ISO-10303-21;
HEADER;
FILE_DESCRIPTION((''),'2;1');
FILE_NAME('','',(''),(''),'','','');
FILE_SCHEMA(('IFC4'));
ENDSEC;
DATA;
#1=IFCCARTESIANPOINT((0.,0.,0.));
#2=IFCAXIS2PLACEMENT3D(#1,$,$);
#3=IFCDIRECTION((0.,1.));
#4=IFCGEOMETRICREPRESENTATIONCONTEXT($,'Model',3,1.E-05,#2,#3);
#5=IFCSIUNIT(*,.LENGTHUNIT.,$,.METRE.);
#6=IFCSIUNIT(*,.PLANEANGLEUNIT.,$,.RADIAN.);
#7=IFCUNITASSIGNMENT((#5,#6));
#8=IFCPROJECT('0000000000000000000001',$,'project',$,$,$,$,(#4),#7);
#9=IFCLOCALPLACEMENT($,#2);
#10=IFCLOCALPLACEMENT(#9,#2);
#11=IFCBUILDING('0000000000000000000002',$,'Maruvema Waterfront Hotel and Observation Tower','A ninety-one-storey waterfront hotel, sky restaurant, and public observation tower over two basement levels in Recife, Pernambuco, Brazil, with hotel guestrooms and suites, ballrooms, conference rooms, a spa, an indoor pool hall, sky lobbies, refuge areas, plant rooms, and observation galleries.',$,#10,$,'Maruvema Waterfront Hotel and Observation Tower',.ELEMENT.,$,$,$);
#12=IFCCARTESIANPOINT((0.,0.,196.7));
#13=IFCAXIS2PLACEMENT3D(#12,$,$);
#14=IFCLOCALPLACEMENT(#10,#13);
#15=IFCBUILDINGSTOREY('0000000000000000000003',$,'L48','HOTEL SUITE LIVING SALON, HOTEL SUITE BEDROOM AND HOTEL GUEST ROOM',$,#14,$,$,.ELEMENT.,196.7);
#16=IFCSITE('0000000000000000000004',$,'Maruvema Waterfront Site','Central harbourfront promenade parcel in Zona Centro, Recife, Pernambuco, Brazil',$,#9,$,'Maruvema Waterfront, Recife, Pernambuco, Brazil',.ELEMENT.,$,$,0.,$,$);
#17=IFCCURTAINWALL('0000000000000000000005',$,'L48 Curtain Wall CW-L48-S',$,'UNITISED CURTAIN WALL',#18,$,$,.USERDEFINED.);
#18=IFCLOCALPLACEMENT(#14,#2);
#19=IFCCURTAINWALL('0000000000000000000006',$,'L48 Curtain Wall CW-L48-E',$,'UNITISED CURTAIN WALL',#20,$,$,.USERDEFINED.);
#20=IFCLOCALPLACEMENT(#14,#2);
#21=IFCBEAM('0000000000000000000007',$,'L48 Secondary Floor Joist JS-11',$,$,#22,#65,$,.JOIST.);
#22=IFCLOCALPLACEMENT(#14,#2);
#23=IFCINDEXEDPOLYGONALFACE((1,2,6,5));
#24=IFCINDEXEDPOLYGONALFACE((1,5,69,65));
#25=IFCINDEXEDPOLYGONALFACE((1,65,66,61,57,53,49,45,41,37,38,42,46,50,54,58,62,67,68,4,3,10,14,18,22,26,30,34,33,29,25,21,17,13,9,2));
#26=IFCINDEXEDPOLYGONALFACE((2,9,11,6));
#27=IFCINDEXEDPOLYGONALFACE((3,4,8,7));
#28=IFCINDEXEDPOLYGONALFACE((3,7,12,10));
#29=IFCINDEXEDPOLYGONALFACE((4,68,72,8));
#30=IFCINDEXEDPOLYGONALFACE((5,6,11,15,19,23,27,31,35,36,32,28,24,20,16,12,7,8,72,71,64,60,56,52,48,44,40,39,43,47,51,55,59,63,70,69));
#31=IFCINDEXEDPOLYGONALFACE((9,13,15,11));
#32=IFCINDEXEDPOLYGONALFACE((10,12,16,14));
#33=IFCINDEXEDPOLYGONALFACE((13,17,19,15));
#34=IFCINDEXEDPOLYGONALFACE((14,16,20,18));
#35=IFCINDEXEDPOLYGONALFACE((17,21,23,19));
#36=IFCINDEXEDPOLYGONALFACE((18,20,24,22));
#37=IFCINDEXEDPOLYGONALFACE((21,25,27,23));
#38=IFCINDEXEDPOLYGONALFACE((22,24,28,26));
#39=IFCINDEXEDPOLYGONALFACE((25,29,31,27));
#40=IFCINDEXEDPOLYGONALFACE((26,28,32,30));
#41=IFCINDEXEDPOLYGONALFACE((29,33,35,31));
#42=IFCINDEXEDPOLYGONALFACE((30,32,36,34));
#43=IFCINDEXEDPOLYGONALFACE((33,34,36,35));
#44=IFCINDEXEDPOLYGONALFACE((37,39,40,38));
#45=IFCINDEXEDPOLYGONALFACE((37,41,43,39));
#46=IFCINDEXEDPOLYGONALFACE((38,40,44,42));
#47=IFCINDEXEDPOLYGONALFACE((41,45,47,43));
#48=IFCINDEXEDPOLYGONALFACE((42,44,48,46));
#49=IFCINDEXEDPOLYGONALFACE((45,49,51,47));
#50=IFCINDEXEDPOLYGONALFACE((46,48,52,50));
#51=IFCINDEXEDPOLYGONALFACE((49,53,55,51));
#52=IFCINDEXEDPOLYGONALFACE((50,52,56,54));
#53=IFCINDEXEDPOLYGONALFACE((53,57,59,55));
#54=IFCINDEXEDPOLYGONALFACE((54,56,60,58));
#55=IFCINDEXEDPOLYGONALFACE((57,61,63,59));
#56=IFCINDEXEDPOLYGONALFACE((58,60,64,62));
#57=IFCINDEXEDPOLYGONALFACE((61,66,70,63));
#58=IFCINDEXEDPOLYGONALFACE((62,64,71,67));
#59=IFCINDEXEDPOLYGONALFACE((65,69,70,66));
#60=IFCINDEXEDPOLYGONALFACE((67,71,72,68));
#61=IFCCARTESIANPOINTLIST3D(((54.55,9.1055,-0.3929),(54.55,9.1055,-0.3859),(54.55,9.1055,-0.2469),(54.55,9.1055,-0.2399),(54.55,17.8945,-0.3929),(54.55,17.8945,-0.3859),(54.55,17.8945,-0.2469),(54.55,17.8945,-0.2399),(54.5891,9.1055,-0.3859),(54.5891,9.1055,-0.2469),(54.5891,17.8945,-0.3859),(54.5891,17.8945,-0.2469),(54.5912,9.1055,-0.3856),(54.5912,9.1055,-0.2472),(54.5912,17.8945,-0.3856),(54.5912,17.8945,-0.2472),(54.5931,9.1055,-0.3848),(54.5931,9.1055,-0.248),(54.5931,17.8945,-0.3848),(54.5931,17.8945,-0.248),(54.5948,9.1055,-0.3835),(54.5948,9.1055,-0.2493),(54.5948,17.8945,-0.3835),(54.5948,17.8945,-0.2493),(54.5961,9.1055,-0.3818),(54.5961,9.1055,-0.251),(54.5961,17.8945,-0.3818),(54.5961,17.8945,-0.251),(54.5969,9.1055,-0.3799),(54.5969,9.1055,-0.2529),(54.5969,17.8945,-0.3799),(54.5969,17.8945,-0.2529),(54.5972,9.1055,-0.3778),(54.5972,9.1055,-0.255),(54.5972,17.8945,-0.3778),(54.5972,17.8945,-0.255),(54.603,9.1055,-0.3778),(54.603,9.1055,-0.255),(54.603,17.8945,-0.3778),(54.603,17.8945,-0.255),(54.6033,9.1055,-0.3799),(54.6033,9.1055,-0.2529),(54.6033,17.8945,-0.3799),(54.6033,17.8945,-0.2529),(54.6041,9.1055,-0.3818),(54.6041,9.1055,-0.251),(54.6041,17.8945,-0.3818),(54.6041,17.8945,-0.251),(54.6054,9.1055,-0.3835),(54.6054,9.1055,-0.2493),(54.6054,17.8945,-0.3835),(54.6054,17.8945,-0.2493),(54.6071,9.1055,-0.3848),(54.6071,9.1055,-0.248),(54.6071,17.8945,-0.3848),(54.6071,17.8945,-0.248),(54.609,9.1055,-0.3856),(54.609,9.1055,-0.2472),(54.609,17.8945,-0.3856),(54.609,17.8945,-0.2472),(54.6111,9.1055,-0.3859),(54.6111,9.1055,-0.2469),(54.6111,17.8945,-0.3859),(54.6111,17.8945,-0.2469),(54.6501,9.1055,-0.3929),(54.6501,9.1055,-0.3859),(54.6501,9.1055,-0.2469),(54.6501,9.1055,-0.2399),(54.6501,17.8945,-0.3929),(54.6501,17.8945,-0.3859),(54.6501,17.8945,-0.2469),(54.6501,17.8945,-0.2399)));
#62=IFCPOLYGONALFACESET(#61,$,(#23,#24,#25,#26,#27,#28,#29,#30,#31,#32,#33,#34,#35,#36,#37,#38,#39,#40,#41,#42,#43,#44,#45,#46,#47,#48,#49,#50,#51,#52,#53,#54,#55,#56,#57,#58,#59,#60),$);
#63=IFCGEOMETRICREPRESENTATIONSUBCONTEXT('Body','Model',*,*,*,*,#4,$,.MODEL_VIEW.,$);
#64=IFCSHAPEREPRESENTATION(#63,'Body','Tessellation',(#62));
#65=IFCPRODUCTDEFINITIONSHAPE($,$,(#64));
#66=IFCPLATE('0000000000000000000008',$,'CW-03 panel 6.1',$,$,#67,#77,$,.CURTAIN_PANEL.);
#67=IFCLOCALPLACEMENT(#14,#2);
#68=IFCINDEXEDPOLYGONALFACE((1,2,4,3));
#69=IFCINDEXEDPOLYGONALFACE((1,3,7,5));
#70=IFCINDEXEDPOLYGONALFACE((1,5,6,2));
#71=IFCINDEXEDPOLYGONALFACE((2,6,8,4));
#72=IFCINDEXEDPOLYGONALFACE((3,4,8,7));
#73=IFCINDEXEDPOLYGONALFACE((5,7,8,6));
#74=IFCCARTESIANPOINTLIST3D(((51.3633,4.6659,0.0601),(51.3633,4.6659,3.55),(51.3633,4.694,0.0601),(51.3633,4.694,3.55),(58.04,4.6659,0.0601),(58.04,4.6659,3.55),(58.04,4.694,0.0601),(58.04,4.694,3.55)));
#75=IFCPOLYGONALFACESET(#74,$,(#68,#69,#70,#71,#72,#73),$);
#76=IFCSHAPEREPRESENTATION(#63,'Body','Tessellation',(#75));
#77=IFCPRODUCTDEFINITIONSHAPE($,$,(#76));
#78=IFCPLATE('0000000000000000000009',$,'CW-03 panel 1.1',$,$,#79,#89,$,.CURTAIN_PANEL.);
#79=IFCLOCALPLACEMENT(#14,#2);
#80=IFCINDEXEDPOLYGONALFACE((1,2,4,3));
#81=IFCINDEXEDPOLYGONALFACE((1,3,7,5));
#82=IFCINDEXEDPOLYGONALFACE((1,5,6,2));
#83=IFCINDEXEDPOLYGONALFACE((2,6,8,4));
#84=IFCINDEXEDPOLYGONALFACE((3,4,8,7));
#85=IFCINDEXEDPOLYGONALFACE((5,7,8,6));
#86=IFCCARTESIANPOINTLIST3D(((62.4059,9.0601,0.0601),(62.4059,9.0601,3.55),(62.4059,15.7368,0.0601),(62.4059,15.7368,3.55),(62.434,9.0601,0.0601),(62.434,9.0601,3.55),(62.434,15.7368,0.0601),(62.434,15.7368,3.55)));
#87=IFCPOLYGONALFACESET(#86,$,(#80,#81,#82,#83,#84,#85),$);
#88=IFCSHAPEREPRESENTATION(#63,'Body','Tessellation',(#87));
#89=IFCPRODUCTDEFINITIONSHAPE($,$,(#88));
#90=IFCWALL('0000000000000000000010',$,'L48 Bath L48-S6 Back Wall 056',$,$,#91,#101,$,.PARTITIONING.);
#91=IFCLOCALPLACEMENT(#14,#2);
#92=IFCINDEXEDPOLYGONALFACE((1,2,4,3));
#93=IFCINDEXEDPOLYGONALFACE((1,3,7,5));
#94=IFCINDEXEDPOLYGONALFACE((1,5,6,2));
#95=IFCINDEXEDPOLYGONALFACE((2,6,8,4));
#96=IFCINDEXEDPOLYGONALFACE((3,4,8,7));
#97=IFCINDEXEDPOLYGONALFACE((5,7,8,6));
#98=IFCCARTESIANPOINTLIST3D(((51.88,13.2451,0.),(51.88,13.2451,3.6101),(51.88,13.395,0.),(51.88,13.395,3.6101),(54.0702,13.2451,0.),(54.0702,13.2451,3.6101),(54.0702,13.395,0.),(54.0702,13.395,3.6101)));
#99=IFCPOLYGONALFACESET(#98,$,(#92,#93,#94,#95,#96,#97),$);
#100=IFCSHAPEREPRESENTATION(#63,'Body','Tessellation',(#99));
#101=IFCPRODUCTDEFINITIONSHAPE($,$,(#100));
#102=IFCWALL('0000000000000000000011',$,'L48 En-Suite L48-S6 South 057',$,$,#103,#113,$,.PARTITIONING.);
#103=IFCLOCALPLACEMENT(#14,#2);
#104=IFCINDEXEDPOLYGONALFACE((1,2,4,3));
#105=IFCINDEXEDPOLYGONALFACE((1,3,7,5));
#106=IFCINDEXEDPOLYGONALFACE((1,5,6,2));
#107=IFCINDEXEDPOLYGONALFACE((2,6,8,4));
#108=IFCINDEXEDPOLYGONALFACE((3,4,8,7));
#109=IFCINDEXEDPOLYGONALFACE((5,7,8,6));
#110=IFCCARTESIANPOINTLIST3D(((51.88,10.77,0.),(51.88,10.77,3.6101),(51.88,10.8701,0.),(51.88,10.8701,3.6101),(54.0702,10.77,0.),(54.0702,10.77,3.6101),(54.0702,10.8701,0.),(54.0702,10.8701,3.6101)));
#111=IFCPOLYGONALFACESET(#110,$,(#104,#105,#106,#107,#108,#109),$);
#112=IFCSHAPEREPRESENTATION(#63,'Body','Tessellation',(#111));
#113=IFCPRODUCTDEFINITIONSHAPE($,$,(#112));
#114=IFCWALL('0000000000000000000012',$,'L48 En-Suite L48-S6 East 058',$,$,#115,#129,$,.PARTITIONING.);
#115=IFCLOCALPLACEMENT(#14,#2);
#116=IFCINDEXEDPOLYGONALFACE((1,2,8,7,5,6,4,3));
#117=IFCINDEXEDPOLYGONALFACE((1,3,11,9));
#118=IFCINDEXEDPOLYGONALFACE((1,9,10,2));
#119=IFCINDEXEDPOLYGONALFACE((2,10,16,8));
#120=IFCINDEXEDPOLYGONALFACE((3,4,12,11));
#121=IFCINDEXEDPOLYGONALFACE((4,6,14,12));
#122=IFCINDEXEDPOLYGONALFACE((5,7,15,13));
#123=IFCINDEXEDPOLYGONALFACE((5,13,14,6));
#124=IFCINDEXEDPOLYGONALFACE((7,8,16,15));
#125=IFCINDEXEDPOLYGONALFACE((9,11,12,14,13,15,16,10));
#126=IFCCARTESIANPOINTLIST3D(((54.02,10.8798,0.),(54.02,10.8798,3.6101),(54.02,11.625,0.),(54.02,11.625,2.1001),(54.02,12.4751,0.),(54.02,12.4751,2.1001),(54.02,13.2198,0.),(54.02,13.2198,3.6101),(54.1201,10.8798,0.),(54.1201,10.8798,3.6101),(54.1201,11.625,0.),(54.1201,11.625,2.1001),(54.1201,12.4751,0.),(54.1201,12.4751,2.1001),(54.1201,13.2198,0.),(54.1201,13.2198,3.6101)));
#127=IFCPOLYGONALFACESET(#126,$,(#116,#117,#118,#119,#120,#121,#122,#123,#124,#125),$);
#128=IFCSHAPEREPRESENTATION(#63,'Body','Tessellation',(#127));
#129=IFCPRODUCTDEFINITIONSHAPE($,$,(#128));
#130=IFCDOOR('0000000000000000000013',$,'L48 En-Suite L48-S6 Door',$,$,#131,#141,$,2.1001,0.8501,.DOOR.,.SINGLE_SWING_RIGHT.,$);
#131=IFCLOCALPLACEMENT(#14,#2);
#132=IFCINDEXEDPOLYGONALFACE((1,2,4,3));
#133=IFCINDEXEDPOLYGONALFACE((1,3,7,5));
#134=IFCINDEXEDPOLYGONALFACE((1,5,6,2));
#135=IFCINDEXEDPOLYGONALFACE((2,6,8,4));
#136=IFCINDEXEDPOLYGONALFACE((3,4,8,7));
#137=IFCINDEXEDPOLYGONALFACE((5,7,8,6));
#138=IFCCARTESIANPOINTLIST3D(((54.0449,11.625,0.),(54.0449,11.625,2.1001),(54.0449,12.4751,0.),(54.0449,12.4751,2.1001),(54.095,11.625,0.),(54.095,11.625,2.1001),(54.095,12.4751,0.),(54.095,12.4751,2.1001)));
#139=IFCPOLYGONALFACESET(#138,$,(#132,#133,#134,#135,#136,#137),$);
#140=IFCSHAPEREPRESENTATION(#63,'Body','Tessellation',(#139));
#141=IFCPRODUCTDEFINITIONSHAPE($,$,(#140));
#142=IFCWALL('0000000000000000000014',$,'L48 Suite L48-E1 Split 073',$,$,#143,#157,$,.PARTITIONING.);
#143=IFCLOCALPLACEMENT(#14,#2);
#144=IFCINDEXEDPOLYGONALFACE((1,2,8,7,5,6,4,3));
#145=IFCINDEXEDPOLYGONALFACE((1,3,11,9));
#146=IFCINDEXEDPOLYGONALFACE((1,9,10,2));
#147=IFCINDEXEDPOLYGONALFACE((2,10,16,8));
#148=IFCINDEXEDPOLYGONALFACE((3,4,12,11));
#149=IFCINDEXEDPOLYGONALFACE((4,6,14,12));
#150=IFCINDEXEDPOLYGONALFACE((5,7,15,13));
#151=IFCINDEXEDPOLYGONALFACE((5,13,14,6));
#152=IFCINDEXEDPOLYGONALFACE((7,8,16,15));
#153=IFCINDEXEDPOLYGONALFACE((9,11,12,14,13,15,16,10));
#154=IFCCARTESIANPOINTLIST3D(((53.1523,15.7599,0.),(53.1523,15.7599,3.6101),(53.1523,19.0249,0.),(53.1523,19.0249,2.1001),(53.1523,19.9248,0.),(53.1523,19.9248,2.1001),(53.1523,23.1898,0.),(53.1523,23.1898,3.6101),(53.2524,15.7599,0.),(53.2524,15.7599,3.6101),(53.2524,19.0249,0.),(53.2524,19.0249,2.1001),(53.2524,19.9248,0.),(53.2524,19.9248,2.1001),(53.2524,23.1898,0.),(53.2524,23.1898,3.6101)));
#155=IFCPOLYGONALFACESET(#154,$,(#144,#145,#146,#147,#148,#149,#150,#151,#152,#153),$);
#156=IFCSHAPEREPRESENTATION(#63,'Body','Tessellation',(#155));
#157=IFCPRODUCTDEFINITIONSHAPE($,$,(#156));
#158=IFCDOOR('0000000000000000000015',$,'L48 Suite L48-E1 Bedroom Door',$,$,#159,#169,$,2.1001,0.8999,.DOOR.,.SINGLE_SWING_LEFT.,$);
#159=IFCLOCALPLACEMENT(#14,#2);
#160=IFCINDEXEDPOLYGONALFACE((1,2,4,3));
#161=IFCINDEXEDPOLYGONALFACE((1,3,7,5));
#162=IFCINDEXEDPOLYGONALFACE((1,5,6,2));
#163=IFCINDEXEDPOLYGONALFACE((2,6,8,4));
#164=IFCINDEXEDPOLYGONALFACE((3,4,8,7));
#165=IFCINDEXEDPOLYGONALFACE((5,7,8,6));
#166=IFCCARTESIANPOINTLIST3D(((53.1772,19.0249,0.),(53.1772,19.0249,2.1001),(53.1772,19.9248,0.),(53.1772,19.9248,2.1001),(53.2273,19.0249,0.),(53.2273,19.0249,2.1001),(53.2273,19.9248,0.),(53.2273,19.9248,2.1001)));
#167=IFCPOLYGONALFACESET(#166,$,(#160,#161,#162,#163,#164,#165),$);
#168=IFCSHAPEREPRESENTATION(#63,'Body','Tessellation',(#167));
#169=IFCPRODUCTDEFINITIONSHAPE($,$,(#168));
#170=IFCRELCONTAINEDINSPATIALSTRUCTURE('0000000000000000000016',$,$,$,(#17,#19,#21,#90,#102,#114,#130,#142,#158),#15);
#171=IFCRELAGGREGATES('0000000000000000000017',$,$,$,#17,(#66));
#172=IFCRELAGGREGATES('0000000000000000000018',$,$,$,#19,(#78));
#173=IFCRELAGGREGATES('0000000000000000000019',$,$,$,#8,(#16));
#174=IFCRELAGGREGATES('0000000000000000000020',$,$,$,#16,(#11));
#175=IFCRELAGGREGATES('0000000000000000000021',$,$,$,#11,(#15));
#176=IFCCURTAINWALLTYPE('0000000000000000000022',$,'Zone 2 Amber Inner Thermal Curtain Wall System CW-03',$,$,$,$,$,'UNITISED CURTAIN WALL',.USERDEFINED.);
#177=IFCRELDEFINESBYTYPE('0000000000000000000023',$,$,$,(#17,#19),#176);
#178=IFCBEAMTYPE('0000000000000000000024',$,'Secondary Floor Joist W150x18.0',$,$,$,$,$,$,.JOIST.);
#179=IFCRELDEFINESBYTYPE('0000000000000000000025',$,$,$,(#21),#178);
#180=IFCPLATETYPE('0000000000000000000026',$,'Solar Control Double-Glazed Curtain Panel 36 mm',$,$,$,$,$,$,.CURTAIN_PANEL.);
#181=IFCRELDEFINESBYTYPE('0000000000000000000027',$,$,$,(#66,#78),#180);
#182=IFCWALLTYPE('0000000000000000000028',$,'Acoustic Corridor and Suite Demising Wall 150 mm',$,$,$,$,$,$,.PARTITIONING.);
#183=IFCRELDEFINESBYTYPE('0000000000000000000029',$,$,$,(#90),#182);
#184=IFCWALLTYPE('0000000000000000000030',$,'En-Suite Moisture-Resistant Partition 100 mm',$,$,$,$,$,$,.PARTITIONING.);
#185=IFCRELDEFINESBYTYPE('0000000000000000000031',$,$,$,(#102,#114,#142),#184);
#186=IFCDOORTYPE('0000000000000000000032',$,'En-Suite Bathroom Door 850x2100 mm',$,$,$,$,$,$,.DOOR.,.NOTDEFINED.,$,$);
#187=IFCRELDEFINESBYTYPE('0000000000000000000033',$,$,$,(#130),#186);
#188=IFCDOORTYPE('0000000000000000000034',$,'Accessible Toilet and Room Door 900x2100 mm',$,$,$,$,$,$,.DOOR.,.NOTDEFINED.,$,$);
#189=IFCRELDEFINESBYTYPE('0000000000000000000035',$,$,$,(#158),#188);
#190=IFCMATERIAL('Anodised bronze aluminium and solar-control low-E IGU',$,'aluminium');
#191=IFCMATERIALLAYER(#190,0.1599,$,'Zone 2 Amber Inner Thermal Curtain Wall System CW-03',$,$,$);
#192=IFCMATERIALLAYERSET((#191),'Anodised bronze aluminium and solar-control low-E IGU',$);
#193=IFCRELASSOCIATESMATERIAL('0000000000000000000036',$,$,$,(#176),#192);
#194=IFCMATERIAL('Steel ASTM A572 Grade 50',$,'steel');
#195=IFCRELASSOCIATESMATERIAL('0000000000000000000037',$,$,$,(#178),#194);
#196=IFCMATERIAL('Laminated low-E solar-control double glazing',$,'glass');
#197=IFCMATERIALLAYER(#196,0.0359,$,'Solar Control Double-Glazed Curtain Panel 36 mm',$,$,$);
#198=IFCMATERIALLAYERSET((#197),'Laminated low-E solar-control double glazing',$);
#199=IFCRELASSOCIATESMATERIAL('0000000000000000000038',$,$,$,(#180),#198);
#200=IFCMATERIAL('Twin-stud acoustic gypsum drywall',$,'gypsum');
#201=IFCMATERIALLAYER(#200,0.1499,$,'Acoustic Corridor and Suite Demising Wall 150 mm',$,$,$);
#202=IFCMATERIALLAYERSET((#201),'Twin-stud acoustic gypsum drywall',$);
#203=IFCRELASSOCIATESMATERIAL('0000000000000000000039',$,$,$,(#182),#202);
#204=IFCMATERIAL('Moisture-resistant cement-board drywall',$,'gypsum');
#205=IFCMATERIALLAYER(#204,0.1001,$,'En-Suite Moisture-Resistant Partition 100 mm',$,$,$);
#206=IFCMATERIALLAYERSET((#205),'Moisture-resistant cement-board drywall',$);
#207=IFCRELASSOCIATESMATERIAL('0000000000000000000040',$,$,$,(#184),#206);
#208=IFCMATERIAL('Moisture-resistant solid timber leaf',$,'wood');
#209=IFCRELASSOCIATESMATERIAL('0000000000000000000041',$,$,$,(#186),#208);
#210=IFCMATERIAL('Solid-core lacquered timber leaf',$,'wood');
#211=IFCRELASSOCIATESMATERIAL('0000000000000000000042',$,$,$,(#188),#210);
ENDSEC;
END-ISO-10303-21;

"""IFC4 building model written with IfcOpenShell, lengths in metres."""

from ifc_helpers import new_model, si_unit, direction, frame, frame_2d, origin, origin_2d, place, context, subcontext, project, spatial, rectangle, i_section, extrude, material, layer, layer_set, material_profile, profile_set, type_object, element, fill, aggregate, save


model = new_model("IFC4")

# Units and contexts
model_context = context("Model", 3, precision=1e-05, world=origin(), true_north=direction((0.0, 1.0)))
body_context = subcontext(model_context, "Body", "Model", "MODEL_VIEW")
ifc_project = project(units=[si_unit("LENGTHUNIT", "METRE"), si_unit("PLANEANGLEUNIT", "RADIAN")], contexts=[model_context])

# Site, building, storey
site_placement = place(None, origin())
site = spatial("IfcSite", under=ifc_project, at=site_placement, Name="Maruvema Waterfront Site", Description="Central harbourfront promenade parcel in Zona Centro, Recife, Pernambuco, Brazil", LongName="Maruvema Waterfront, Recife, Pernambuco, Brazil", CompositionType="ELEMENT", RefElevation=0.0)
building_placement = place(site_placement, origin())
building = spatial("IfcBuilding", under=site, at=building_placement, Name="Maruvema Waterfront Hotel and Observation Tower", Description="A ninety-one-storey waterfront hotel, sky restaurant, and public observation tower over two basement levels in Recife, Pernambuco, Brazil, with hotel guestrooms and suites, ballrooms, conference rooms, a spa, an indoor pool hall, sky lobbies, refuge areas, plant rooms, and observation galleries.", LongName="Maruvema Waterfront Hotel and Observation Tower", CompositionType="ELEMENT")
storey_placement = place(building_placement, frame((0.0, 0.0, 196.7)))
storey = spatial("IfcBuildingStorey", under=building, at=storey_placement, Name="L48", Description="HOTEL SUITE LIVING SALON, HOTEL SUITE BEDROOM AND HOTEL GUEST ROOM", CompositionType="ELEMENT", Elevation=196.7)

# Curtain walls
ifc_material_1 = material(Name="Anodised bronze aluminium and solar-control low-E IGU", Category="aluminium")
ifc_layer_1 = layer(ifc_material_1, 0.1599, Name="Zone 2 Amber Inner Thermal Curtain Wall System CW-03")
ifc_layer_set_1 = layer_set([ifc_layer_1], Name="Anodised bronze aluminium and solar-control low-E IGU")
curtain_wall_type = type_object("IfcCurtainWallType", Name="Zone 2 Amber Inner Thermal Curtain Wall System CW-03", ElementType="UNITISED CURTAIN WALL", PredefinedType="USERDEFINED", material=ifc_layer_set_1)
curtain_wall_1_placement = place(storey_placement, origin())
curtain_wall_1 = element("IfcCurtainWall", 1, at=curtain_wall_1_placement, inside=storey, type_object=curtain_wall_type, Name="L48 Curtain Wall CW-L48-S", ObjectType="UNITISED CURTAIN WALL", PredefinedType="USERDEFINED")
curtain_wall_2_placement = place(storey_placement, origin())
curtain_wall_2 = element("IfcCurtainWall", 2, at=curtain_wall_2_placement, inside=storey, type_object=curtain_wall_type, Name="L48 Curtain Wall CW-L48-E", ObjectType="UNITISED CURTAIN WALL", PredefinedType="USERDEFINED")

# Beam
ifc_material_2 = material(Name="Steel ASTM A572 Grade 50", Category="steel")
ifc_material_profile_1 = material_profile(ifc_material_2, i_section(OverallWidth=0.1001, OverallDepth=0.1531, WebThickness=0.0059, FlangeThickness=0.0071, FilletRadius=0.0081, at=origin_2d()), Name="W150x18.0")
ifc_profile_set_1 = profile_set([ifc_material_profile_1], Name="Steel ASTM A572 Grade 50")
beam_type_1 = type_object("IfcBeamType", Name="Secondary Floor Joist W150x18.0", PredefinedType="JOIST", material=ifc_profile_set_1)
beam_1_placement = place(storey_placement, frame((54.6001, 9.1055, -0.3164), z_axis=(0.0, 1.0, 0.0), x_axis=(-1.0, 0.0, 0.0)))
element("IfcBeam", 3, at=beam_1_placement, inside=storey, type_object=beam_type_1, Name="L48 Secondary Floor Joist JS-11", PredefinedType="JOIST", context=body_context, shape_type="SweptSolid", body=[
    extrude(i_section(OverallWidth=0.1001, OverallDepth=0.1531, WebThickness=0.0059, FlangeThickness=0.0071, FilletRadius=0.0081, at=origin_2d()), origin(), (0.0, 0.0, 1.0), 8.7891),
])

# Plates
ifc_material_3 = material(Name="Laminated low-E solar-control double glazing", Category="glass")
ifc_layer_2 = layer(ifc_material_3, 0.0359, Name="Solar Control Double-Glazed Curtain Panel 36 mm")
ifc_layer_set_2 = layer_set([ifc_layer_2], Name="Laminated low-E solar-control double glazing")
plate_type = type_object("IfcPlateType", Name="Solar Control Double-Glazed Curtain Panel 36 mm", PredefinedType="CURTAIN_PANEL", material=ifc_layer_set_2)
plate_1_placement = place(storey_placement, frame((54.7017, 4.6799, 0.0601), z_axis=(0.0, 0.0, 1.0), x_axis=(1.0, 0.0, 0.0)))
plate_1 = element("IfcPlate", 4, at=plate_1_placement, type_object=plate_type, Name="CW-03 panel 6.1", PredefinedType="CURTAIN_PANEL", context=body_context, shape_type="SweptSolid", body=[
    extrude(rectangle(XDim=6.6768, YDim=0.0281, at=origin_2d()), origin(), (0.0, 0.0, 1.0), 3.49),
])
aggregate(curtain_wall_1, [plate_1])
plate_2_placement = place(storey_placement, frame((62.4199, 12.3984, 0.0601), z_axis=(0.0, 0.0, 1.0), x_axis=(0.0, 1.0, 0.0)))
plate_2 = element("IfcPlate", 5, at=plate_2_placement, type_object=plate_type, Name="CW-03 panel 1.1", PredefinedType="CURTAIN_PANEL", context=body_context, shape_type="SweptSolid", body=[
    extrude(rectangle(XDim=6.6768, YDim=0.0281, at=origin_2d()), origin(), (0.0, 0.0, 1.0), 3.49),
])
aggregate(curtain_wall_2, [plate_2])

# Wall
ifc_material_4 = material(Name="Twin-stud acoustic gypsum drywall", Category="gypsum")
ifc_layer_3 = layer(ifc_material_4, 0.1499, Name="Acoustic Corridor and Suite Demising Wall 150 mm")
ifc_layer_set_3 = layer_set([ifc_layer_3], Name="Twin-stud acoustic gypsum drywall")
wall_type_1 = type_object("IfcWallType", Name="Acoustic Corridor and Suite Demising Wall 150 mm", PredefinedType="PARTITIONING", material=ifc_layer_set_3)
wall_1_placement = place(storey_placement, frame((51.8799, 13.3201, 0.0), z_axis=(0.0, 0.0, 1.0), x_axis=(1.0, 0.0, 0.0)))
element("IfcWall", 6, at=wall_1_placement, inside=storey, type_object=wall_type_1, Name="L48 Bath L48-S6 Back Wall 056", PredefinedType="PARTITIONING", context=body_context, shape_type="SweptSolid", body=[
    extrude(rectangle(XDim=2.1902, YDim=0.1499, at=frame_2d((1.0952, 0.0))), origin(), (0.0, 0.0, 1.0), 3.6101),
])

# Wall
ifc_material_5 = material(Name="Moisture-resistant cement-board drywall", Category="gypsum")
ifc_layer_4 = layer(ifc_material_5, 0.1001, Name="En-Suite Moisture-Resistant Partition 100 mm")
ifc_layer_set_4 = layer_set([ifc_layer_4], Name="Moisture-resistant cement-board drywall")
wall_type_2 = type_object("IfcWallType", Name="En-Suite Moisture-Resistant Partition 100 mm", PredefinedType="PARTITIONING", material=ifc_layer_set_4)
wall_2_placement = place(storey_placement, frame((51.8799, 10.8201, 0.0), z_axis=(0.0, 0.0, 1.0), x_axis=(1.0, 0.0, 0.0)))
element("IfcWall", 7, at=wall_2_placement, inside=storey, type_object=wall_type_2, Name="L48 En-Suite L48-S6 South 057", PredefinedType="PARTITIONING", context=body_context, shape_type="SweptSolid", body=[
    extrude(rectangle(XDim=2.1902, YDim=0.1001, at=frame_2d((1.0952, 0.0))), origin(), (0.0, 0.0, 1.0), 3.6101),
])

# Walls, openings, doors
wall_3_placement = place(storey_placement, frame((54.0701, 10.8799, 0.0), z_axis=(0.0, 0.0, 1.0), x_axis=(0.0, 1.0, 0.0)))
wall_3 = element("IfcWall", 8, at=wall_3_placement, inside=storey, type_object=wall_type_2, Name="L48 En-Suite L48-S6 East 058", PredefinedType="PARTITIONING", context=body_context, shape_type="SweptSolid", body=[
    extrude(rectangle(XDim=2.3401, YDim=0.1001, at=frame_2d((1.1699, 0.0))), origin(), (0.0, 0.0, 1.0), 3.6101),
])
opening_1_placement = place(wall_3_placement, frame((0.7451, 0.0, 0.0)))
opening_1 = element("IfcOpeningElement", 9, at=opening_1_placement, cuts=wall_3, PredefinedType="OPENING", context=body_context, shape_type="SweptSolid", body=[
    extrude(rectangle(XDim=0.8501, YDim=2.1001, at=frame_2d((0.425, 1.05))), frame((0.0, 0.0601, 0.0), z_axis=(0.0, -1.0, 0.0), x_axis=(1.0, 0.0, 0.0)), (0.0, 0.0, 1.0), 0.1201),
])
ifc_material_6 = material(Name="Moisture-resistant solid timber leaf", Category="wood")
door_type_1 = type_object("IfcDoorType", Name="En-Suite Bathroom Door 850x2100 mm", OperationType="NOTDEFINED", PredefinedType="DOOR", material=ifc_material_6)
door_1_placement = place(opening_1_placement, frame((0.8501, 0.0, 0.0), z_axis=(0.0, 0.0, 1.0), x_axis=(-1.0, 0.0, 0.0)))
door_1 = element("IfcDoor", 10, at=door_1_placement, inside=storey, type_object=door_type_1, Name="L48 En-Suite L48-S6 Door", OperationType="SINGLE_SWING_RIGHT", OverallHeight=2.1001, OverallWidth=0.8501, PredefinedType="DOOR", context=body_context, shape_type="SweptSolid", body=[
    extrude(rectangle(XDim=0.8501, YDim=2.1001, at=frame_2d((0.425, 1.05))), frame((0.0, 0.0249, 0.0), z_axis=(0.0, -1.0, 0.0), x_axis=(1.0, 0.0, 0.0)), (0.0, 0.0, 1.0), 0.05),
])
fill(opening_1, door_1)
wall_4_placement = place(storey_placement, frame((53.2024, 15.76, 0.0), z_axis=(0.0, 0.0, 1.0), x_axis=(0.0, 1.0, 0.0)))
wall_4 = element("IfcWall", 11, at=wall_4_placement, inside=storey, type_object=wall_type_2, Name="L48 Suite L48-E1 Split 073", PredefinedType="PARTITIONING", context=body_context, shape_type="SweptSolid", body=[
    extrude(rectangle(XDim=7.4299, YDim=0.1001, at=frame_2d((3.7148, 0.0))), origin(), (0.0, 0.0, 1.0), 3.6101),
])
opening_2_placement = place(wall_4_placement, frame((3.2649, 0.0, 0.0)))
opening_2 = element("IfcOpeningElement", 12, at=opening_2_placement, cuts=wall_4, PredefinedType="OPENING", context=body_context, shape_type="SweptSolid", body=[
    extrude(rectangle(XDim=0.8999, YDim=2.1001, at=frame_2d((0.45, 1.05))), frame((0.0, 0.0601, 0.0), z_axis=(0.0, -1.0, 0.0), x_axis=(1.0, 0.0, 0.0)), (0.0, 0.0, 1.0), 0.1201),
])
ifc_material_7 = material(Name="Solid-core lacquered timber leaf", Category="wood")
door_type_2 = type_object("IfcDoorType", Name="Accessible Toilet and Room Door 900x2100 mm", OperationType="NOTDEFINED", PredefinedType="DOOR", material=ifc_material_7)
door_2_placement = place(opening_2_placement, frame((0.8999, 0.0, 0.0), z_axis=(0.0, 0.0, 1.0), x_axis=(-1.0, 0.0, 0.0)))
door_2 = element("IfcDoor", 13, at=door_2_placement, inside=storey, type_object=door_type_2, Name="L48 Suite L48-E1 Bedroom Door", OperationType="SINGLE_SWING_LEFT", OverallHeight=2.1001, OverallWidth=0.8999, PredefinedType="DOOR", context=body_context, shape_type="SweptSolid", body=[
    extrude(rectangle(XDim=0.8999, YDim=2.1001, at=frame_2d((0.45, 1.05))), frame((0.0, 0.0249, 0.0), z_axis=(0.0, -1.0, 0.0), x_axis=(1.0, 0.0, 0.0)), (0.0, 0.0, 1.0), 0.05),
])
fill(opening_2, door_2)

save(model, "model.ifc")
